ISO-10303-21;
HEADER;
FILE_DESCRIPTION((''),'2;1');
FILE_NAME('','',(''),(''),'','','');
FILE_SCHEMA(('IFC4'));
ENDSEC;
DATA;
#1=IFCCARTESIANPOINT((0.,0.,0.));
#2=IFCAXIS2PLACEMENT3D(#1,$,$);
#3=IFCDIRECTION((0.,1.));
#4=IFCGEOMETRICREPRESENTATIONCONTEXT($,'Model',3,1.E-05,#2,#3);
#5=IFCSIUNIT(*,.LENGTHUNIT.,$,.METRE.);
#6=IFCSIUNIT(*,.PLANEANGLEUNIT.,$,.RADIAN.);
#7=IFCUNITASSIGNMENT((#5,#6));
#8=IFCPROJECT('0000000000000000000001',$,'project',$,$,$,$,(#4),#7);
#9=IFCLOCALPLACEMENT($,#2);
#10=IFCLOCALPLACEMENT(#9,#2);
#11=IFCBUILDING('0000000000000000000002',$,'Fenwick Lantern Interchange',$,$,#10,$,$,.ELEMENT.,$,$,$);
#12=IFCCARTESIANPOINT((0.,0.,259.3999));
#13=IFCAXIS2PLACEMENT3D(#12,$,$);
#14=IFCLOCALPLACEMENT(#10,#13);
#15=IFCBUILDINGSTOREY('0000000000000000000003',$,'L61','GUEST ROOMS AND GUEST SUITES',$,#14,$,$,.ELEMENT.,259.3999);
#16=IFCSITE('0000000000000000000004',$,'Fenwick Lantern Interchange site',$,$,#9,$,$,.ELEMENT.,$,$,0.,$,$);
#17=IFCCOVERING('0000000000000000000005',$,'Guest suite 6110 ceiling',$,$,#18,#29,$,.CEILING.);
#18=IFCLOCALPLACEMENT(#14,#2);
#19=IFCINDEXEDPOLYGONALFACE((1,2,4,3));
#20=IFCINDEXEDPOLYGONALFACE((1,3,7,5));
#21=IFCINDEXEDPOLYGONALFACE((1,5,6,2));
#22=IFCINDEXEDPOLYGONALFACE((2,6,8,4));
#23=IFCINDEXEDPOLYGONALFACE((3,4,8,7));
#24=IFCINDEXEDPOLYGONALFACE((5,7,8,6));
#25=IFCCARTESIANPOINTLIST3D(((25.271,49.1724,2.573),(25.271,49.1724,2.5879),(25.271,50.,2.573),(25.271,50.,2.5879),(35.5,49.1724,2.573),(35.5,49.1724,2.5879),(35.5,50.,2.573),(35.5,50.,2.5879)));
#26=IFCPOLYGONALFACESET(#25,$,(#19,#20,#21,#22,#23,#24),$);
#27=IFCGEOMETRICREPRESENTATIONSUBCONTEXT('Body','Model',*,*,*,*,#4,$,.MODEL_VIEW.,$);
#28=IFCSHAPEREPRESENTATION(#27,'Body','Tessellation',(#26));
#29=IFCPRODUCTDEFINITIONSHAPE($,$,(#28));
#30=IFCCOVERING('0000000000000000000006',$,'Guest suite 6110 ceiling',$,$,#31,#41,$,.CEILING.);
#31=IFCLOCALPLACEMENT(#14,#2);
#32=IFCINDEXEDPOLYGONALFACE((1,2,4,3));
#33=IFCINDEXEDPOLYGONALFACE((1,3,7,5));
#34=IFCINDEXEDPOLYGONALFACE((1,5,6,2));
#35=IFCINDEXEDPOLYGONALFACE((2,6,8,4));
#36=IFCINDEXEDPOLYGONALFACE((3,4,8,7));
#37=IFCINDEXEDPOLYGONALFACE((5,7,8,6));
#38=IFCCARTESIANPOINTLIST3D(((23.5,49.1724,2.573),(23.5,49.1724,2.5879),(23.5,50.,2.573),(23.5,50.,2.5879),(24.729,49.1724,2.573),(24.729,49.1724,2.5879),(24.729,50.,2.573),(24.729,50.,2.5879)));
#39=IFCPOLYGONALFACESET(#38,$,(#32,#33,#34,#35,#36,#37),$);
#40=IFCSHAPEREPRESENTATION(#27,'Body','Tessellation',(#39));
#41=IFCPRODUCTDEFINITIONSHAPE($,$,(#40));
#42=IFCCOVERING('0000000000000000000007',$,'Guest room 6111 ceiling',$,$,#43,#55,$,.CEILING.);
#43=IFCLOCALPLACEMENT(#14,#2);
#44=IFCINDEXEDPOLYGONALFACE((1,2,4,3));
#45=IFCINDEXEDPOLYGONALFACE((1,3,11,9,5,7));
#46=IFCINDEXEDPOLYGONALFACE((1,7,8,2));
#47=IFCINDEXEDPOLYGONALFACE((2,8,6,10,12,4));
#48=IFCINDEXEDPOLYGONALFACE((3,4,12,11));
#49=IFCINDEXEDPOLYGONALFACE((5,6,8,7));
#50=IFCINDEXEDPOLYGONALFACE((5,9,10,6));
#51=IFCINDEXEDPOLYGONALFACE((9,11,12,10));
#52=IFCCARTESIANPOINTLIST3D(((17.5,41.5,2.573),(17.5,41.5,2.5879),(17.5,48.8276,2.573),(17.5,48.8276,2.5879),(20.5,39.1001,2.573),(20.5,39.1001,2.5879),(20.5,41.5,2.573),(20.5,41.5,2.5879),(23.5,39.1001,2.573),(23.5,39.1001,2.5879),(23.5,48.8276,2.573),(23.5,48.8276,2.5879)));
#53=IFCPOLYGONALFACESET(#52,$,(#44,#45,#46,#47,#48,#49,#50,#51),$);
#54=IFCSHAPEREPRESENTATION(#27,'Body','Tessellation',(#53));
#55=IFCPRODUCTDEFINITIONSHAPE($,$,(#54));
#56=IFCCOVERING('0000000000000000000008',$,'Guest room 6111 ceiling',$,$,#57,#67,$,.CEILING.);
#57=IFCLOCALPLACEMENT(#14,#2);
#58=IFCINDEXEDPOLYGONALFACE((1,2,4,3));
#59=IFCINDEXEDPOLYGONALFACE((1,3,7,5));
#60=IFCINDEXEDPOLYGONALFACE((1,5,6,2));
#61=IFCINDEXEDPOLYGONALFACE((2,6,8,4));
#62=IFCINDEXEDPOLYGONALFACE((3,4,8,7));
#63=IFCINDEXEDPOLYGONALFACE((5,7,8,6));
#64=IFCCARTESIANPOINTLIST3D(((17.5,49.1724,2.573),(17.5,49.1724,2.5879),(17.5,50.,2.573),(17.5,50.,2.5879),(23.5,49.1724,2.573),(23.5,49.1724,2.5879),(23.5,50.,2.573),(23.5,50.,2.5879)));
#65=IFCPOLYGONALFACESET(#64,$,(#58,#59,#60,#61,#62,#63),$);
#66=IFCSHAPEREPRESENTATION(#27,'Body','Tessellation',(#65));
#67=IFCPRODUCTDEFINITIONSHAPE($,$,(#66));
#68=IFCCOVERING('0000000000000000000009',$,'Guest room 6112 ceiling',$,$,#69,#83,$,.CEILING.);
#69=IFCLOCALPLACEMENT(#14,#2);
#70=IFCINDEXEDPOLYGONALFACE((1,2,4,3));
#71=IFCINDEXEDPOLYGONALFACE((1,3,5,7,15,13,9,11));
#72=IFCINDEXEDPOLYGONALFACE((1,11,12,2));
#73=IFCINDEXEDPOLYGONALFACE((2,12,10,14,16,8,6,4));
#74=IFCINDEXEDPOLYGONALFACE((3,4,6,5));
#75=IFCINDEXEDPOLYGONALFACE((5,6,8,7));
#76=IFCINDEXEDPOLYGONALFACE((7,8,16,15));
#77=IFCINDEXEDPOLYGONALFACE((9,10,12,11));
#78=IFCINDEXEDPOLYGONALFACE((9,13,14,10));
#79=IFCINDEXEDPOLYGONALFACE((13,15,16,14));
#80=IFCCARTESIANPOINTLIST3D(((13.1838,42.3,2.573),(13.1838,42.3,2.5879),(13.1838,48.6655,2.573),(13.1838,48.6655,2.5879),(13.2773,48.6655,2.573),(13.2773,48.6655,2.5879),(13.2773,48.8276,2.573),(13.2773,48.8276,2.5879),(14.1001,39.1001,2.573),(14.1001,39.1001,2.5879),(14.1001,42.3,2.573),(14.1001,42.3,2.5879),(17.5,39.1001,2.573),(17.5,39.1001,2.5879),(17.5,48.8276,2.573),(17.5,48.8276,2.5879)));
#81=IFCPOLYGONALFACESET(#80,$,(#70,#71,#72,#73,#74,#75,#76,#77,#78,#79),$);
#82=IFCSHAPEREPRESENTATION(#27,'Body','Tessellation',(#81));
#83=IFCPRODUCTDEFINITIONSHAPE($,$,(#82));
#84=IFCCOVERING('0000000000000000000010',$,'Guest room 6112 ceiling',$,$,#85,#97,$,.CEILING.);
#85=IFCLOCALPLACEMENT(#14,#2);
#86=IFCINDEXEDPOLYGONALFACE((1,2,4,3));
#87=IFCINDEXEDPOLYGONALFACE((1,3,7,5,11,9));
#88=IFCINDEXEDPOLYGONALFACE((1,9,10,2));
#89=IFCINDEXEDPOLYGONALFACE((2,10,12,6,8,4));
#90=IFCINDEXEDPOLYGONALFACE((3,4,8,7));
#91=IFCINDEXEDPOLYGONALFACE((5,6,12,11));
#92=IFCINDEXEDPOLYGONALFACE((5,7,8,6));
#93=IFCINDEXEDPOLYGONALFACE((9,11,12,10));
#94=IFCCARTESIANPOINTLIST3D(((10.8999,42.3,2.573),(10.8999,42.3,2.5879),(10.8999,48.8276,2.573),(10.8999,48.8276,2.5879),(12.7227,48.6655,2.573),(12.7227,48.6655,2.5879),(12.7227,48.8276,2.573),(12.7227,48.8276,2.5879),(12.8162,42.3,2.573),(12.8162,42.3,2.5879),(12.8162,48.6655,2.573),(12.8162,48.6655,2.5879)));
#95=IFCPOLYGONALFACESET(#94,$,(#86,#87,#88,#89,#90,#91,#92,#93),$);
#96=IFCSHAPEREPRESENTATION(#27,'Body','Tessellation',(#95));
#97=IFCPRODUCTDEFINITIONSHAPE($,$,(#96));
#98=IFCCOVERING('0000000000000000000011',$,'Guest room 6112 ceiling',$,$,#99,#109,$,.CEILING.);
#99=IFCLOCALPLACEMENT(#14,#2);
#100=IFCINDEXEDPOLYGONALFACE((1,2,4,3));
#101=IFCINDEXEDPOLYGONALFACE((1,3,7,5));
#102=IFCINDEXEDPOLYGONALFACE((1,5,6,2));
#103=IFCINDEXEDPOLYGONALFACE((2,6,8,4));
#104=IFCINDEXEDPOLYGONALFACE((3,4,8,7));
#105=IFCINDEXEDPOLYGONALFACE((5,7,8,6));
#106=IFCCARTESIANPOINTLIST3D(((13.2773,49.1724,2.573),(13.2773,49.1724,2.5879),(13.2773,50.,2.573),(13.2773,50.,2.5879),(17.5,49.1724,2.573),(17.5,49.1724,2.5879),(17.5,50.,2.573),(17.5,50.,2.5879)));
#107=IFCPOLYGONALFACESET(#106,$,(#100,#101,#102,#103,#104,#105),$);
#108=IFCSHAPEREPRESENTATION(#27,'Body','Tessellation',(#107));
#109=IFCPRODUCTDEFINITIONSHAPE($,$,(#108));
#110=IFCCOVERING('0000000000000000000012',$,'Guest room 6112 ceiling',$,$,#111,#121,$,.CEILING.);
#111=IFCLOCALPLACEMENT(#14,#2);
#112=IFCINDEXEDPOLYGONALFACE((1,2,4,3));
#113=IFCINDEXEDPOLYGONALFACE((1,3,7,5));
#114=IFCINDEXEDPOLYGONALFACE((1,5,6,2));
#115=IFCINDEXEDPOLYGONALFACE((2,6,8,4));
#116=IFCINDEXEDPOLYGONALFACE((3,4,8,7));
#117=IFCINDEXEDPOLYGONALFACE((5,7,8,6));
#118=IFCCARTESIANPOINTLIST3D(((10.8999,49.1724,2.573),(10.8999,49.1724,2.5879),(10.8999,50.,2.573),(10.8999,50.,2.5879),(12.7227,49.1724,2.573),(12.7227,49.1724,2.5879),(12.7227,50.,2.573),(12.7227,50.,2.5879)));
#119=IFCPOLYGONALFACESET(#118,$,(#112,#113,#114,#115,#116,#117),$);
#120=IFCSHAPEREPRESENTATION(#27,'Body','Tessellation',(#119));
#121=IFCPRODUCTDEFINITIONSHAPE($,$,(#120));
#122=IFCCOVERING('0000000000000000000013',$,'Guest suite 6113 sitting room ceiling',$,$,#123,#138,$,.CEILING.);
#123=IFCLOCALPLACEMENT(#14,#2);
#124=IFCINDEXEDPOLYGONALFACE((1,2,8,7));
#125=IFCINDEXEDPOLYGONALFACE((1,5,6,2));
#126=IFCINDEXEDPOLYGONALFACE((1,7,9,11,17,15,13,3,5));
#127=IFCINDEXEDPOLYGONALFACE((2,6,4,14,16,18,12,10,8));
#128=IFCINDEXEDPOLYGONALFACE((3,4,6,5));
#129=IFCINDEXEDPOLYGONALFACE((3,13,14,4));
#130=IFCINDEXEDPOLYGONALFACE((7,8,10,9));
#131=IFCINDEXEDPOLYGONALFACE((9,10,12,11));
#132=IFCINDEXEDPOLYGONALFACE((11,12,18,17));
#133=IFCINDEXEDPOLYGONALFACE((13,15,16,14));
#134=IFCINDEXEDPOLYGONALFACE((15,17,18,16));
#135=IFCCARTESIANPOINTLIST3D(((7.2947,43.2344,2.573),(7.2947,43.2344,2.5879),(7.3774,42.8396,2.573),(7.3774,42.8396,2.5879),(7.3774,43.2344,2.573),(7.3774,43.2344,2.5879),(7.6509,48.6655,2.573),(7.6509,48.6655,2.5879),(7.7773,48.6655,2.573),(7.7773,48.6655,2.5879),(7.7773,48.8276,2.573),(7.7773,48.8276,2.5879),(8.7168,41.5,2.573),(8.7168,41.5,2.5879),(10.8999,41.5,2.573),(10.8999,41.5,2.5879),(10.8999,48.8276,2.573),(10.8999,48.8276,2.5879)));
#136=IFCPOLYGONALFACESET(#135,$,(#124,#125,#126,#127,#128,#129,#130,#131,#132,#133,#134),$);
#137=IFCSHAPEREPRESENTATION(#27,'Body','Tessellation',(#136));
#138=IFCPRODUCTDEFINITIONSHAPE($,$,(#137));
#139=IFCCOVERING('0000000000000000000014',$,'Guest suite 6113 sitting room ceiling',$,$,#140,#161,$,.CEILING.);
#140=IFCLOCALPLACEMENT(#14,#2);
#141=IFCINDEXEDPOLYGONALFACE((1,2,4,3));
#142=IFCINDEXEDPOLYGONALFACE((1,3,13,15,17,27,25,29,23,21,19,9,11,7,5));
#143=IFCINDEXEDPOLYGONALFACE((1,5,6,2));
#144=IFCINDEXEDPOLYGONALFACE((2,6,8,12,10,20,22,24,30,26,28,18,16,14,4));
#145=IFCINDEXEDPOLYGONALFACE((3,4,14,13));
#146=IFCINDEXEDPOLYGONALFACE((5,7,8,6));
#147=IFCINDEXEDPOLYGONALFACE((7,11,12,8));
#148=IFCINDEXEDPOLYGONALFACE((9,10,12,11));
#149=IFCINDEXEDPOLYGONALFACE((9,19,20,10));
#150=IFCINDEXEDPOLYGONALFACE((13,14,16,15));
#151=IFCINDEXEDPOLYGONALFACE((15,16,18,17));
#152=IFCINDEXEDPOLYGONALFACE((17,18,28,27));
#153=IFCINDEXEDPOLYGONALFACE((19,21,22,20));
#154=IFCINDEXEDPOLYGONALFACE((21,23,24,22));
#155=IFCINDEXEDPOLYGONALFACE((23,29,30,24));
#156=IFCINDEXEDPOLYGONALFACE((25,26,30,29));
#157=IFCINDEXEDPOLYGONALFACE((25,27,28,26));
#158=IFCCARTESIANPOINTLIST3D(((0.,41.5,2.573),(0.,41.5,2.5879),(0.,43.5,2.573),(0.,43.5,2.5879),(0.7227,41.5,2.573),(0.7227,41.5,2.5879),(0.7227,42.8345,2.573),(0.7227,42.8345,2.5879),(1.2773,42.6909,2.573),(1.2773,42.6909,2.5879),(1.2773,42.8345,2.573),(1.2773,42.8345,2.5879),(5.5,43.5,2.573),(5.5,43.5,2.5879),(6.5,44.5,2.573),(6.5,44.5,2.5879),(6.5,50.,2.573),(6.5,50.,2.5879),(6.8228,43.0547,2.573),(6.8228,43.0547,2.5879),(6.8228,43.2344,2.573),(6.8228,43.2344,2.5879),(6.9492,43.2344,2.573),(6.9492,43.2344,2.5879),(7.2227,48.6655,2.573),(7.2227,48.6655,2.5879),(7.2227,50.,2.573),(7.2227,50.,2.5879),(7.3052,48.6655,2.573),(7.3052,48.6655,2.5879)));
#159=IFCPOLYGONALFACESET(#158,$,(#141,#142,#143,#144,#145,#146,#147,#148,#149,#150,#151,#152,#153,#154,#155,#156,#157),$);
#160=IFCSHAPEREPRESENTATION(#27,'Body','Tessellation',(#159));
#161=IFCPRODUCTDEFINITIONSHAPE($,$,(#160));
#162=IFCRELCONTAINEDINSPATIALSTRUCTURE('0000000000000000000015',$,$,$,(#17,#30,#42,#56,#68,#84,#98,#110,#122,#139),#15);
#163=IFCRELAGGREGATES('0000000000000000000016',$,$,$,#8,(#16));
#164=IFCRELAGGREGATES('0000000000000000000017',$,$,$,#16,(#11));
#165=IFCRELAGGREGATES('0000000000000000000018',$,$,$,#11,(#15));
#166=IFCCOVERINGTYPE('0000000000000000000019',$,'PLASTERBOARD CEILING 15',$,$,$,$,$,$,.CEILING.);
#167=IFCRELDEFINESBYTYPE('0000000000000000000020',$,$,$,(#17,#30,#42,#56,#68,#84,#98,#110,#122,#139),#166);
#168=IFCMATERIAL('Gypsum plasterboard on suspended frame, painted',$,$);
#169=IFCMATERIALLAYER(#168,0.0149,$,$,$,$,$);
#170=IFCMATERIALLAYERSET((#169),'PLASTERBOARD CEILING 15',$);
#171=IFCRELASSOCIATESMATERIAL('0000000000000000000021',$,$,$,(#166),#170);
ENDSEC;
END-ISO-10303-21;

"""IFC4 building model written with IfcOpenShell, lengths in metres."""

from ifc_helpers import new_model, si_unit, direction, frame, origin, place, context, subcontext, project, spatial, polyline, outline, extrude, material, layer, layer_set, type_object, element, save


model = new_model("IFC4")

# Units and contexts
model_context = context("Model", 3, precision=1e-05, world=origin(), true_north=direction((0.0, 1.0)))
body_context = subcontext(model_context, "Body", "Model", "MODEL_VIEW")
ifc_project = project(units=[si_unit("LENGTHUNIT", "METRE"), si_unit("PLANEANGLEUNIT", "RADIAN")], contexts=[model_context])

# Site, building, storey
site_placement = place(None, origin())
site = spatial("IfcSite", under=ifc_project, at=site_placement, Name="Fenwick Lantern Interchange site", CompositionType="ELEMENT", RefElevation=0.0)
building_placement = place(site_placement, origin())
building = spatial("IfcBuilding", under=site, at=building_placement, Name="Fenwick Lantern Interchange", CompositionType="ELEMENT")
storey_placement = place(building_placement, frame((0.0, 0.0, 259.3999)))
storey = spatial("IfcBuildingStorey", under=building, at=storey_placement, Name="L61", Description="GUEST ROOMS AND GUEST SUITES", CompositionType="ELEMENT", Elevation=259.3999)

# Coverings
ifc_material_1 = material(Name="Gypsum plasterboard on suspended frame, painted")
ifc_layer_1 = layer(ifc_material_1, 0.0149)
ifc_layer_set_1 = layer_set([ifc_layer_1], Name="PLASTERBOARD CEILING 15")
covering_type_1 = type_object("IfcCoveringType", Name="PLASTERBOARD CEILING 15", PredefinedType="CEILING", material=ifc_layer_set_1)
covering_1_placement = place(storey_placement, frame((0.0, 0.0, 2.573)))
element("IfcCovering", 1, at=covering_1_placement, inside=storey, type_object=covering_type_1, Name="Guest suite 6110 ceiling", PredefinedType="CEILING", context=body_context, shape_type="SweptSolid", body=[
    extrude(outline(polyline([(25.271, 50.0), (25.271, 49.1724), (35.5, 49.1724), (35.5, 50.0), (25.271, 50.0)])), origin(), (0.0, 0.0, 1.0), 0.0149),
])
covering_2_placement = place(storey_placement, frame((0.0, 0.0, 2.573)))
element("IfcCovering", 2, at=covering_2_placement, inside=storey, type_object=covering_type_1, Name="Guest suite 6110 ceiling", PredefinedType="CEILING", context=body_context, shape_type="SweptSolid", body=[
    extrude(outline(polyline([(24.729, 49.1724), (24.729, 50.0), (23.5, 50.0), (23.5, 49.1724), (24.729, 49.1724)])), origin(), (0.0, 0.0, 1.0), 0.0149),
])
covering_3_placement = place(storey_placement, frame((0.0, 0.0, 2.573)))
element("IfcCovering", 3, at=covering_3_placement, inside=storey, type_object=covering_type_1, Name="Guest room 6111 ceiling", PredefinedType="CEILING", context=body_context, shape_type="SweptSolid", body=[
    extrude(outline(polyline([(23.5, 39.1001), (23.5, 48.8276), (17.5, 48.8276), (17.5, 41.5), (20.5, 41.5), (20.5, 39.1001), (23.5, 39.1001)])), origin(), (0.0, 0.0, 1.0), 0.0149),
])
covering_4_placement = place(storey_placement, frame((0.0, 0.0, 2.573)))
element("IfcCovering", 4, at=covering_4_placement, inside=storey, type_object=covering_type_1, Name="Guest room 6111 ceiling", PredefinedType="CEILING", context=body_context, shape_type="SweptSolid", body=[
    extrude(outline(polyline([(23.5, 50.0), (17.5, 50.0), (17.5, 49.1724), (23.5, 49.1724), (23.5, 50.0)])), origin(), (0.0, 0.0, 1.0), 0.0149),
])
covering_5_placement = place(storey_placement, frame((0.0, 0.0, 2.573)))
element("IfcCovering", 5, at=covering_5_placement, inside=storey, type_object=covering_type_1, Name="Guest room 6112 ceiling", PredefinedType="CEILING", context=body_context, shape_type="SweptSolid", body=[
    extrude(outline(polyline([(13.2773, 48.6655), (13.1838, 48.6655), (13.1838, 42.3), (14.1001, 42.3), (14.1001, 39.1001), (17.5, 39.1001), (17.5, 48.8276), (13.2773, 48.8276), (13.2773, 48.6655)])), origin(), (0.0, 0.0, 1.0), 0.0149),
])
covering_6_placement = place(storey_placement, frame((0.0, 0.0, 2.573)))
element("IfcCovering", 6, at=covering_6_placement, inside=storey, type_object=covering_type_1, Name="Guest room 6112 ceiling", PredefinedType="CEILING", context=body_context, shape_type="SweptSolid", body=[
    extrude(outline(polyline([(12.7227, 48.6655), (12.7227, 48.8276), (10.8999, 48.8276), (10.8999, 42.3), (12.8162, 42.3), (12.8162, 48.6655), (12.7227, 48.6655)])), origin(), (0.0, 0.0, 1.0), 0.0149),
])
covering_7_placement = place(storey_placement, frame((0.0, 0.0, 2.573)))
element("IfcCovering", 7, at=covering_7_placement, inside=storey, type_object=covering_type_1, Name="Guest room 6112 ceiling", PredefinedType="CEILING", context=body_context, shape_type="SweptSolid", body=[
    extrude(outline(polyline([(13.2773, 50.0), (13.2773, 49.1724), (17.5, 49.1724), (17.5, 50.0), (13.2773, 50.0)])), origin(), (0.0, 0.0, 1.0), 0.0149),
])
covering_8_placement = place(storey_placement, frame((0.0, 0.0, 2.573)))
element("IfcCovering", 8, at=covering_8_placement, inside=storey, type_object=covering_type_1, Name="Guest room 6112 ceiling", PredefinedType="CEILING", context=body_context, shape_type="SweptSolid", body=[
    extrude(outline(polyline([(12.7227, 49.1724), (12.7227, 50.0), (10.8999, 50.0), (10.8999, 49.1724), (12.7227, 49.1724)])), origin(), (0.0, 0.0, 1.0), 0.0149),
])
covering_9_placement = place(storey_placement, frame((0.0, 0.0, 2.573)))
element("IfcCovering", 9, at=covering_9_placement, inside=storey, type_object=covering_type_1, Name="Guest suite 6113 sitting room ceiling", PredefinedType="CEILING", context=body_context, shape_type="SweptSolid", body=[
    extrude(outline(polyline([(7.7773, 48.6655), (7.6509, 48.6655), (7.2947, 43.2344), (7.3774, 43.2344), (7.3774, 42.8396), (8.7168, 41.5), (10.8999, 41.5), (10.8999, 48.8276), (7.7773, 48.8276), (7.7773, 48.6655)])), origin(), (0.0, 0.0, 1.0), 0.0149),
])
covering_10_placement = place(storey_placement, frame((0.0, 0.0, 2.573)))
element("IfcCovering", 10, at=covering_10_placement, inside=storey, type_object=covering_type_1, Name="Guest suite 6113 sitting room ceiling", PredefinedType="CEILING", context=body_context, shape_type="SweptSolid", body=[
    extrude(outline(polyline([(7.2227, 48.6655), (7.2227, 50.0), (6.5, 50.0), (6.5, 44.5), (5.5, 43.5), (0.0, 43.5), (0.0, 41.5), (0.7227, 41.5), (0.7227, 42.8345), (1.2773, 42.8345), (1.2773, 42.6909), (6.8228, 43.0547), (6.8228, 43.2344), (6.9492, 43.2344), (7.3052, 48.6655), (7.2227, 48.6655)])), origin(), (0.0, 0.0, 1.0), 0.0149),
])

save(model, "model.ifc")
